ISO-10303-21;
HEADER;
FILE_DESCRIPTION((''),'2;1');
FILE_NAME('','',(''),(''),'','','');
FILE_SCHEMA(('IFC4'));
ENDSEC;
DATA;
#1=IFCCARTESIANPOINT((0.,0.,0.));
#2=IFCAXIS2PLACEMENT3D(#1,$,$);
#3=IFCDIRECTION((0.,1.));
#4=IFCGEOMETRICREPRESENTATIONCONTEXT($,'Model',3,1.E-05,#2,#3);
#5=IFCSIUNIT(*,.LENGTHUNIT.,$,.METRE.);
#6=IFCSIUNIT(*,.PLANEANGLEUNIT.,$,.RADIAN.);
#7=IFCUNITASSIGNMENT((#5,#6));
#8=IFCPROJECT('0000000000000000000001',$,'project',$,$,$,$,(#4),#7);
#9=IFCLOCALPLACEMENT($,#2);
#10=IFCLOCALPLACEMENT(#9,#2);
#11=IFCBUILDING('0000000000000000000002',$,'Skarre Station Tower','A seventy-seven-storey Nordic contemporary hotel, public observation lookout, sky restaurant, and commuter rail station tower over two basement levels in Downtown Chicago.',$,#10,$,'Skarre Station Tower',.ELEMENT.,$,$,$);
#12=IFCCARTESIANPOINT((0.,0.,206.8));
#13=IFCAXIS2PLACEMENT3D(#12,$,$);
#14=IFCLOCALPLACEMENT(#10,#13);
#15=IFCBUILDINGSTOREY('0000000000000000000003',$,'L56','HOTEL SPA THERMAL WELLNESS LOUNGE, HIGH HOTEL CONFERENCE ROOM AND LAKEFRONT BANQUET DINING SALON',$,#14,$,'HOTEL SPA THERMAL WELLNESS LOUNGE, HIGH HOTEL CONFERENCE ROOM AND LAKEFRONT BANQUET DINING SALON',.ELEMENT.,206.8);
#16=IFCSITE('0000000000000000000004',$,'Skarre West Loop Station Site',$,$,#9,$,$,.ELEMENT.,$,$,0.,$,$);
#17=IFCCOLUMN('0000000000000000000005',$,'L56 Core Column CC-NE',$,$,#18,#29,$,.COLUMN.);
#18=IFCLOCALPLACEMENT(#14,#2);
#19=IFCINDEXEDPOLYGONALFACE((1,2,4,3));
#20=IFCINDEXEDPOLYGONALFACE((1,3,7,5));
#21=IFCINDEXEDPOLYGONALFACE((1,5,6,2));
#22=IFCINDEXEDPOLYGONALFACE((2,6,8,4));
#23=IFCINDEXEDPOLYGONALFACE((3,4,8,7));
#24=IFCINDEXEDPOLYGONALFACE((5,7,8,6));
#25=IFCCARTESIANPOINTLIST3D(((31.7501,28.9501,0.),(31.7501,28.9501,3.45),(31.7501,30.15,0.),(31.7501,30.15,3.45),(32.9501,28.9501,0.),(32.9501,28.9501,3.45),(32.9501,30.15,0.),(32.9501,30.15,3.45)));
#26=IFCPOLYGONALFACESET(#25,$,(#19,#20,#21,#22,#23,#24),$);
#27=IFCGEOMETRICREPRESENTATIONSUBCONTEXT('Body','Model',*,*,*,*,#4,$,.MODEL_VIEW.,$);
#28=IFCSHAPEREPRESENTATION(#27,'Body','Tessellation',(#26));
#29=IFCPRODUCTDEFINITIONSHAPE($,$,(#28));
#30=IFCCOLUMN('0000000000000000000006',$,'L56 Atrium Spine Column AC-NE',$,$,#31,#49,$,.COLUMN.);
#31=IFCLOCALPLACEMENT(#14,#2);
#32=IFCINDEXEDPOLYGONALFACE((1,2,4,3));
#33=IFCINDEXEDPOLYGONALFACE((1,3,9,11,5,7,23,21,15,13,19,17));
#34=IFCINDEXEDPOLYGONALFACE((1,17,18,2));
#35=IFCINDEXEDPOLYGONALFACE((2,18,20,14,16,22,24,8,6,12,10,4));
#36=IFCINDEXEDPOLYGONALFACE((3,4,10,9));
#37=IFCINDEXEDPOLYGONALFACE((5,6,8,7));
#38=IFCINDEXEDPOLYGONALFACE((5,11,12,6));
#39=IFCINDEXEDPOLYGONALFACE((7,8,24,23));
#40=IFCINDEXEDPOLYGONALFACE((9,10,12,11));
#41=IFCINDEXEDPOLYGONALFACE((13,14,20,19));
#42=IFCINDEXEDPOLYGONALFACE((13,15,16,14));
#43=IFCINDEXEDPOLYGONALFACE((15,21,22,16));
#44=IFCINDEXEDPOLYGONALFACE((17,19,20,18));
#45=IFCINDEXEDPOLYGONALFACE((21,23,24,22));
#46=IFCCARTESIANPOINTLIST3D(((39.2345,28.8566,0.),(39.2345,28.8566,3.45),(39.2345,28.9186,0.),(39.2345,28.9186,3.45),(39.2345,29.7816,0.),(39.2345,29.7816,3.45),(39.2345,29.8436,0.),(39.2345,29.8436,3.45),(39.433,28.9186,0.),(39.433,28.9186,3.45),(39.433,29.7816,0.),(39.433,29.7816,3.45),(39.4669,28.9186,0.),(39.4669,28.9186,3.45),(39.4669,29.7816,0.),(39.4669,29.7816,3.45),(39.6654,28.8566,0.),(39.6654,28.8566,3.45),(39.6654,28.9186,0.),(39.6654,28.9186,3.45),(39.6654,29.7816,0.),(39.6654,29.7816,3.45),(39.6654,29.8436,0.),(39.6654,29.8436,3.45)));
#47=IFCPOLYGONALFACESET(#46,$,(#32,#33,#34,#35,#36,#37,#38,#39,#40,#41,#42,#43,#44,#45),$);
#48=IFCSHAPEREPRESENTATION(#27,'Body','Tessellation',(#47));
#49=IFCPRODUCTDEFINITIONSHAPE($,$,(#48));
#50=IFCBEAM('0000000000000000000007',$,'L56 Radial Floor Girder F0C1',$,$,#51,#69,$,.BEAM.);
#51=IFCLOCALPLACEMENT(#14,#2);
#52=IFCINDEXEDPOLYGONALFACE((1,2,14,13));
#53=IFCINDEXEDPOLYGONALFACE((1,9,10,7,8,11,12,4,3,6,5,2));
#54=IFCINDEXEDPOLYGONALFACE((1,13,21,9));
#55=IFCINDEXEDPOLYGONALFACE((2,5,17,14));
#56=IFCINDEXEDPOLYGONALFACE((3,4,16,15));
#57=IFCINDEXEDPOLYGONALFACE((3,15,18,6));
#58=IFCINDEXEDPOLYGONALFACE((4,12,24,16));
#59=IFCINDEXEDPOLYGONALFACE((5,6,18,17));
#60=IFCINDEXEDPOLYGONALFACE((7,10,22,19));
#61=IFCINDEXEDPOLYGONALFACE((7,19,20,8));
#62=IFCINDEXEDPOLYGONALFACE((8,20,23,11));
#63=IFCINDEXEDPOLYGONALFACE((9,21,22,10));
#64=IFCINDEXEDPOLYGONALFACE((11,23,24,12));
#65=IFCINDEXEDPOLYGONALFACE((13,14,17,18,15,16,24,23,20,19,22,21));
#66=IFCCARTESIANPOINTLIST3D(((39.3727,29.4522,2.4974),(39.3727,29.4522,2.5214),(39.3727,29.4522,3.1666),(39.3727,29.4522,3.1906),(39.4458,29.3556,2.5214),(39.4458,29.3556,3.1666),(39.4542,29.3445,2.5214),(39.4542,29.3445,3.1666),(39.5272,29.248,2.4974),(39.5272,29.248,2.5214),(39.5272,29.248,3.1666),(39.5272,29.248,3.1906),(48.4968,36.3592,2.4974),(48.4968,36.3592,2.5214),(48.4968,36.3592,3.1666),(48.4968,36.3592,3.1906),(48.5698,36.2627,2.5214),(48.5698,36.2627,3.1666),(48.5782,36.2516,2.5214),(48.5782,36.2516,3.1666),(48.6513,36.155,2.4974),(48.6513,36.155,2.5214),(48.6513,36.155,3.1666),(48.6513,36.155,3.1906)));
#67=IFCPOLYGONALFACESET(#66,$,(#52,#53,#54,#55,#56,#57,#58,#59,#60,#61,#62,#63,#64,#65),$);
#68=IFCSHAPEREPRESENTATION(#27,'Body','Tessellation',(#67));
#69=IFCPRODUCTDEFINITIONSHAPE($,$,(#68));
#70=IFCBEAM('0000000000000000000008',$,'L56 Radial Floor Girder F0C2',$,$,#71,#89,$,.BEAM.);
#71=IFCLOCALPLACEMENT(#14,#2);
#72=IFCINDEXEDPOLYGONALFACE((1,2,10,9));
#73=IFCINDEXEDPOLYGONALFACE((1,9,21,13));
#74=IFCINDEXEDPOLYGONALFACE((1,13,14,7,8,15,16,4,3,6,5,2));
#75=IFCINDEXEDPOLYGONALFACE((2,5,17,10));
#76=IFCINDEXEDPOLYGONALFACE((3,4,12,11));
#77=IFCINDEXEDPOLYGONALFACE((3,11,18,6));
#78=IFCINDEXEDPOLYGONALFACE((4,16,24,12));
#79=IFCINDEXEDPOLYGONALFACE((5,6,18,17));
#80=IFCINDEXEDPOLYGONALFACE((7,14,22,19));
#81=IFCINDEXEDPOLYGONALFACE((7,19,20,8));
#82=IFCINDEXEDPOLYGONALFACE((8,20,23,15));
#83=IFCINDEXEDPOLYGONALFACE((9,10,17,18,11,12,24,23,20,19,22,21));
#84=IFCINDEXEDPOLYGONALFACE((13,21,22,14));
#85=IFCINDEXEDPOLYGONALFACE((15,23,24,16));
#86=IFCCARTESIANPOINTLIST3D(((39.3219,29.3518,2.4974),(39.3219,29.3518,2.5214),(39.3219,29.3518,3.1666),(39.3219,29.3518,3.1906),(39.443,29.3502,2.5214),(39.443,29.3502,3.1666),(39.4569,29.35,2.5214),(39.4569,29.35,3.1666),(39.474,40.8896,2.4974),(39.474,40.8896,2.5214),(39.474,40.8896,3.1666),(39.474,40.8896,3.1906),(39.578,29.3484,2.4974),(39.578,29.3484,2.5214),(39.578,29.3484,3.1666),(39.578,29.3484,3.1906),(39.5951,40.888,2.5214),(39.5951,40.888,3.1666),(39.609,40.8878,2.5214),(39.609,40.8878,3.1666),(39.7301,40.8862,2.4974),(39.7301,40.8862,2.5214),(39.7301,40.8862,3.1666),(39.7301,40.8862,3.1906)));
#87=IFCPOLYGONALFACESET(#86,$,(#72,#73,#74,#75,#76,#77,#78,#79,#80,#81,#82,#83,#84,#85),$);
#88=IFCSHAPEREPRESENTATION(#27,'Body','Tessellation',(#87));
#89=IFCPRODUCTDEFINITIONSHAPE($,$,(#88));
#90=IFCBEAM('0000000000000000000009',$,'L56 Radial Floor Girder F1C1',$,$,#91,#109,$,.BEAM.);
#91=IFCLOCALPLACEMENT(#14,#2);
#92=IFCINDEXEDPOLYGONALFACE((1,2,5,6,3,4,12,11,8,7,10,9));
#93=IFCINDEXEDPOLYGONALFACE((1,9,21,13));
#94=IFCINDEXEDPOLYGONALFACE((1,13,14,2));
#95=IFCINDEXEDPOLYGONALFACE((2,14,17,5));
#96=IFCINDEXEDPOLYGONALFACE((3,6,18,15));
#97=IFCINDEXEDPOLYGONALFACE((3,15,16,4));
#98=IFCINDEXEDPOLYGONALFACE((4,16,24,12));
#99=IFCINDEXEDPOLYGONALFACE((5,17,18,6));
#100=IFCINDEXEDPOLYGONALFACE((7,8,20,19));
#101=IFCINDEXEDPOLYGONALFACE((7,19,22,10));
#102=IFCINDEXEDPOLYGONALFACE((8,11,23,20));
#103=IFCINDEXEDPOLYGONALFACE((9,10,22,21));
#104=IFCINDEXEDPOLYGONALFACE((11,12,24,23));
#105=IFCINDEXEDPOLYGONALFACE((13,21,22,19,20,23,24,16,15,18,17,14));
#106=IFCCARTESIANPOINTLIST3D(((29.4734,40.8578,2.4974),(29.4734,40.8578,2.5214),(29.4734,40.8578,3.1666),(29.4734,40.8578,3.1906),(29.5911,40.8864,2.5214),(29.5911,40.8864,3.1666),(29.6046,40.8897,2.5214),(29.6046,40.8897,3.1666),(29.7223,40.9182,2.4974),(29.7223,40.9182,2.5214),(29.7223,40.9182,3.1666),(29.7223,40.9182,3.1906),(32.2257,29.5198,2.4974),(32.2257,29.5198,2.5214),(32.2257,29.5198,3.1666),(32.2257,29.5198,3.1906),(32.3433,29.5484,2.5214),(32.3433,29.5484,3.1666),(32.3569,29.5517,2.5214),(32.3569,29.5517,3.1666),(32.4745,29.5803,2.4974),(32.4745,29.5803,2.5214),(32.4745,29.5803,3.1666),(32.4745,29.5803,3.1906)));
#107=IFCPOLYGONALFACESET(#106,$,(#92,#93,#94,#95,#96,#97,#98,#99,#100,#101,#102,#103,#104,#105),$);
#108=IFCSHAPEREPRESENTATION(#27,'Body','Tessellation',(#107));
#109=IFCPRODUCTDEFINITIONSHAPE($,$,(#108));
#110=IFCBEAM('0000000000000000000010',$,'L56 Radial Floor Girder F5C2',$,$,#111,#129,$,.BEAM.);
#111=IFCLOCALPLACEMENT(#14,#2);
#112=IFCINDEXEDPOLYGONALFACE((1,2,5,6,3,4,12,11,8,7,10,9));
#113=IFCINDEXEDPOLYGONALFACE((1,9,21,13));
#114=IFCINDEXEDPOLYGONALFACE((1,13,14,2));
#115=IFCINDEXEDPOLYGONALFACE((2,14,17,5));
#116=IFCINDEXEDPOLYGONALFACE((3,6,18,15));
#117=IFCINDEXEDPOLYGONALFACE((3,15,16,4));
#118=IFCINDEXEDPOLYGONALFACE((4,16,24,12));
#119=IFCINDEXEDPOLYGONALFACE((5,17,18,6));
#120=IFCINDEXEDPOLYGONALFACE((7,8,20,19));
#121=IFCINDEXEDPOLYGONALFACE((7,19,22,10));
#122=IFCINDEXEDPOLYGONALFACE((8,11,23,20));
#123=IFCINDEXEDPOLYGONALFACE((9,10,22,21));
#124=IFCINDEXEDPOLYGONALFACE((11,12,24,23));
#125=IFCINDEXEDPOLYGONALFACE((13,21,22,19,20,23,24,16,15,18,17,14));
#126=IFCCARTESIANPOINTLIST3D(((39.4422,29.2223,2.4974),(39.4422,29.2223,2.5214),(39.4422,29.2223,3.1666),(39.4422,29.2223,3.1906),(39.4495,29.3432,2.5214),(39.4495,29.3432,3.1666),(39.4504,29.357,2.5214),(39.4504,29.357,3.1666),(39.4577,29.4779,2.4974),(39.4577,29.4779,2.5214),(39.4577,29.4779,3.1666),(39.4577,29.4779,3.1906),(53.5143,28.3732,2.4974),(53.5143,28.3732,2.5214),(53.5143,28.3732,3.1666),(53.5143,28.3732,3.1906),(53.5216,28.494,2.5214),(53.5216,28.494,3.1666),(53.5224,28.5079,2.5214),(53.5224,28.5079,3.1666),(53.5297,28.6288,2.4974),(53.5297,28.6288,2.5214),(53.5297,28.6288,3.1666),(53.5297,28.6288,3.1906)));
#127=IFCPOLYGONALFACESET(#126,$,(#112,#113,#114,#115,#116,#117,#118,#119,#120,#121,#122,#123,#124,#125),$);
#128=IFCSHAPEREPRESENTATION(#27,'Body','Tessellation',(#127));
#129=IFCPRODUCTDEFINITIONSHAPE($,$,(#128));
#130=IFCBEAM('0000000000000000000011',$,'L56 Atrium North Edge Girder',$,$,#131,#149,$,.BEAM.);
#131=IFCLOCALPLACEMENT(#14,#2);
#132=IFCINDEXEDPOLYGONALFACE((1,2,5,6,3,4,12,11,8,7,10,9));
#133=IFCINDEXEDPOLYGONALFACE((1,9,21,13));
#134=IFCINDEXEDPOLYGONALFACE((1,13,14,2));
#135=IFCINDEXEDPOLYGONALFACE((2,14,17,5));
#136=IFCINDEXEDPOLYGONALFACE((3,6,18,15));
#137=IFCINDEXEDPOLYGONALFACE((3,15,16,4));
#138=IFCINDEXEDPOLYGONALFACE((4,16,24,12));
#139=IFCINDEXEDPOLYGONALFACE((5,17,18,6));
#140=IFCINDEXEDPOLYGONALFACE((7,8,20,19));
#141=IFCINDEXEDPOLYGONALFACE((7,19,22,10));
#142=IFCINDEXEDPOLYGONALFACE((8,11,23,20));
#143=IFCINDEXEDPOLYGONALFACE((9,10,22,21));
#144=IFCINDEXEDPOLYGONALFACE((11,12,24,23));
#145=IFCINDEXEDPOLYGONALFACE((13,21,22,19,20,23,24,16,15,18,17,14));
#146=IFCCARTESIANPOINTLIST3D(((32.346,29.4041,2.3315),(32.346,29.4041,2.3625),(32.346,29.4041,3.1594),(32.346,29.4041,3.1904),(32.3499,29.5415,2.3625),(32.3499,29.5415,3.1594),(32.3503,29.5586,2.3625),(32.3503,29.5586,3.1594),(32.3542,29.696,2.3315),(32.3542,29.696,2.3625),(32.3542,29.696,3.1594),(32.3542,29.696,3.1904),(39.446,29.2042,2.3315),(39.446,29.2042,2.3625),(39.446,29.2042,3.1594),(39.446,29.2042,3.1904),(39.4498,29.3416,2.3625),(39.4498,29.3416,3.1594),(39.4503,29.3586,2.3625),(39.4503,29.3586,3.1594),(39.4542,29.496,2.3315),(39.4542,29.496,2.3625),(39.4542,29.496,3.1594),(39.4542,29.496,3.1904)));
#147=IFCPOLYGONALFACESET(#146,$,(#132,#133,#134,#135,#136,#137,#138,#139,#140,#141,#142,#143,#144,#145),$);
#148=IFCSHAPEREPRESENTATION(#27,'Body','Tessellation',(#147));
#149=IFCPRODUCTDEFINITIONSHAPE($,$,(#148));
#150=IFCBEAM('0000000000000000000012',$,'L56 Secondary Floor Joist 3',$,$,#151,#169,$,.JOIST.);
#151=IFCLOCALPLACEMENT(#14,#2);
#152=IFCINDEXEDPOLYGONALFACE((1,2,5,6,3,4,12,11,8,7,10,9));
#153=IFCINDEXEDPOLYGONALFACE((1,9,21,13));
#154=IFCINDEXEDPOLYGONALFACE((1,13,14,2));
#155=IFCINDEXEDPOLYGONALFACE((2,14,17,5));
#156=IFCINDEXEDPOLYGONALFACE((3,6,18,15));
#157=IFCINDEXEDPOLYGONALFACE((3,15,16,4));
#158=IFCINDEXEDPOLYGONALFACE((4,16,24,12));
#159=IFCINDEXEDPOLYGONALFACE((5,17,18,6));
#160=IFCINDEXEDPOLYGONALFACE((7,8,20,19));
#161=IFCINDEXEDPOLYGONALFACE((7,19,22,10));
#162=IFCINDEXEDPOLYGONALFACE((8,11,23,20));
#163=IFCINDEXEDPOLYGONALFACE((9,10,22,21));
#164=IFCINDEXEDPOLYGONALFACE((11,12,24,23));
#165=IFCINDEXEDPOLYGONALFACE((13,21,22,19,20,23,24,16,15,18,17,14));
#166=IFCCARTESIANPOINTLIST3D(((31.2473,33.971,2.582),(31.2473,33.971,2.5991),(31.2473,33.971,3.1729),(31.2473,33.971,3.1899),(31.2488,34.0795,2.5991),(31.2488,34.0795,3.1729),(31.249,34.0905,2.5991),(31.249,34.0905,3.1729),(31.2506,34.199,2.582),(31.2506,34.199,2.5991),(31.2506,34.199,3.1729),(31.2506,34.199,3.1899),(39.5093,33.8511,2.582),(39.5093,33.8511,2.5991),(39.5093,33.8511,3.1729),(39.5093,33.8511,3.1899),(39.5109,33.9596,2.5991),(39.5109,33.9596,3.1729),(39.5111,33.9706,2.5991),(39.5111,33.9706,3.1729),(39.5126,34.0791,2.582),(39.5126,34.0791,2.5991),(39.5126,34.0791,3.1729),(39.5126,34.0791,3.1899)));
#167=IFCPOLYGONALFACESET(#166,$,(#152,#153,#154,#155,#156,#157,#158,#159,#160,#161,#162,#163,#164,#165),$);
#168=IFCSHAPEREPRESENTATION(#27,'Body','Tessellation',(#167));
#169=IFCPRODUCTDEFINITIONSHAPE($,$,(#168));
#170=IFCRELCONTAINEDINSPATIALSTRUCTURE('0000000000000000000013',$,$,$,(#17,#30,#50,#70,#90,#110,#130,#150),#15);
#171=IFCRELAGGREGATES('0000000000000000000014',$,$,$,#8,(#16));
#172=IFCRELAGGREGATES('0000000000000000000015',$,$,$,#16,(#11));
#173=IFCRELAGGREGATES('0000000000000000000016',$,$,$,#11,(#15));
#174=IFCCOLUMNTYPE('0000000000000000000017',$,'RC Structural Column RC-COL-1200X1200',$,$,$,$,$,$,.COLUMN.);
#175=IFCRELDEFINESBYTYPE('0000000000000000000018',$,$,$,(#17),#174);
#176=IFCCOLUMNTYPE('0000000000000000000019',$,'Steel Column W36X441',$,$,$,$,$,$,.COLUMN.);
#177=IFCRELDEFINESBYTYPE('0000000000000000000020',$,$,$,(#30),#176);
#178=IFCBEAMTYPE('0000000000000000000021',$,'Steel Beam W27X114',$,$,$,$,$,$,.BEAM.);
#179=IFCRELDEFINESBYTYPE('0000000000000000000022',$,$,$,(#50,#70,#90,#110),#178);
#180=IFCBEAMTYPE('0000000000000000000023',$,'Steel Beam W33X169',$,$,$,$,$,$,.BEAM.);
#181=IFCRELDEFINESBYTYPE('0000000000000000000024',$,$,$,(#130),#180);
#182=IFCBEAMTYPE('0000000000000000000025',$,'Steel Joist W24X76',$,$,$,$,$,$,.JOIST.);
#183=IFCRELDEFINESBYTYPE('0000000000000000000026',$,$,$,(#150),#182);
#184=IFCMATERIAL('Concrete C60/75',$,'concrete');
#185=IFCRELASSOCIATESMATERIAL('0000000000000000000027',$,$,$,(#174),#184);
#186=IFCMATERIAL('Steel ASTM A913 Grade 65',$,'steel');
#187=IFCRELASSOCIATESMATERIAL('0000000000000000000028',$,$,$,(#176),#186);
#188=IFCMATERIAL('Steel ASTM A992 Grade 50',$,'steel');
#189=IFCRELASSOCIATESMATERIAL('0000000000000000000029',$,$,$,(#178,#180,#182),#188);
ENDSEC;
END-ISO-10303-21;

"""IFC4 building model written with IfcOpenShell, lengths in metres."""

from ifc_helpers import new_model, si_unit, direction, frame, origin, origin_2d, place, context, subcontext, project, spatial, rectangle, i_section, extrude, material, material_profile, profile_set, type_object, element, save


model = new_model("IFC4")

# Units and contexts
model_context = context("Model", 3, precision=1e-05, world=origin(), true_north=direction((0.0, 1.0)))
body_context = subcontext(model_context, "Body", "Model", "MODEL_VIEW")
ifc_project = project(units=[si_unit("LENGTHUNIT", "METRE"), si_unit("PLANEANGLEUNIT", "RADIAN")], contexts=[model_context])

# Site, building, storey
site_placement = place(None, origin())
site = spatial("IfcSite", under=ifc_project, at=site_placement, Name="Skarre West Loop Station Site", CompositionType="ELEMENT", RefElevation=0.0)
building_placement = place(site_placement, origin())
building = spatial("IfcBuilding", under=site, at=building_placement, Name="Skarre Station Tower", Description="A seventy-seven-storey Nordic contemporary hotel, public observation lookout, sky restaurant, and commuter rail station tower over two basement levels in Downtown Chicago.", LongName="Skarre Station Tower", CompositionType="ELEMENT")
storey_placement = place(building_placement, frame((0.0, 0.0, 206.8)))
storey = spatial("IfcBuildingStorey", under=building, at=storey_placement, Name="L56", Description="HOTEL SPA THERMAL WELLNESS LOUNGE, HIGH HOTEL CONFERENCE ROOM AND LAKEFRONT BANQUET DINING SALON", LongName="HOTEL SPA THERMAL WELLNESS LOUNGE, HIGH HOTEL CONFERENCE ROOM AND LAKEFRONT BANQUET DINING SALON", CompositionType="ELEMENT", Elevation=206.8)

# Columns
ifc_material_1 = material(Name="Concrete C60/75", Category="concrete")
ifc_material_profile_1 = material_profile(ifc_material_1, rectangle(XDim=1.2, YDim=1.2, at=origin_2d()), Name="Concrete C60/75")
ifc_profile_set_1 = profile_set([ifc_material_profile_1], Name="Concrete C60/75")
column_type_1 = type_object("IfcColumnType", Name="RC Structural Column RC-COL-1200X1200", PredefinedType="COLUMN", material=ifc_profile_set_1)
column_1_placement = place(storey_placement, frame((32.3501, 29.55, 0.0), z_axis=(0.0, 0.0, 1.0), x_axis=(1.0, 0.0, 0.0)))
element("IfcColumn", 1, at=column_1_placement, inside=storey, type_object=column_type_1, Name="L56 Core Column CC-NE", PredefinedType="COLUMN", context=body_context, shape_type="SweptSolid", body=[
    extrude(rectangle(XDim=1.2, YDim=1.2, at=origin_2d()), origin(), (0.0, 0.0, 1.0), 3.45),
])
ifc_material_2 = material(Name="Steel ASTM A913 Grade 65", Category="steel")
ifc_material_profile_2 = material_profile(ifc_material_2, i_section(OverallWidth=0.4309, OverallDepth=0.9871, WebThickness=0.0339, FlangeThickness=0.062, at=origin_2d()), Name="Steel ASTM A913 Grade 65")
ifc_profile_set_2 = profile_set([ifc_material_profile_2], Name="Steel ASTM A913 Grade 65")
column_type_2 = type_object("IfcColumnType", Name="Steel Column W36X441", PredefinedType="COLUMN", material=ifc_profile_set_2)
column_2_placement = place(storey_placement, frame((39.45, 29.3501, 0.0), z_axis=(0.0, 0.0, 1.0), x_axis=(1.0, 0.0, 0.0)))
element("IfcColumn", 2, at=column_2_placement, inside=storey, type_object=column_type_2, Name="L56 Atrium Spine Column AC-NE", PredefinedType="COLUMN", context=body_context, shape_type="SweptSolid", body=[
    extrude(i_section(OverallWidth=0.4309, OverallDepth=0.9871, WebThickness=0.0339, FlangeThickness=0.062, at=origin_2d()), origin(), (0.0, 0.0, 1.0), 3.45),
])

# Beams
ifc_material_3 = material(Name="Steel ASTM A992 Grade 50", Category="steel")
ifc_material_profile_3 = material_profile(ifc_material_3, i_section(OverallWidth=0.2561, OverallDepth=0.6931, WebThickness=0.0139, FlangeThickness=0.0239, at=origin_2d()), Name="Steel ASTM A992 Grade 50")
ifc_profile_set_3 = profile_set([ifc_material_profile_3], Name="Steel ASTM A992 Grade 50")
beam_type_1 = type_object("IfcBeamType", Name="Steel Beam W27X114", PredefinedType="BEAM", material=ifc_profile_set_3)
beam_1_placement = place(storey_placement, frame((39.45, 29.3501, 2.844), z_axis=(0.797309, 0.603571, 0.0), x_axis=(-0.603571, 0.797309, 0.0)))
element("IfcBeam", 3, at=beam_1_placement, inside=storey, type_object=beam_type_1, Name="L56 Radial Floor Girder F0C1", PredefinedType="BEAM", context=body_context, shape_type="SweptSolid", body=[
    extrude(i_section(OverallWidth=0.2561, OverallDepth=0.6931, WebThickness=0.0139, FlangeThickness=0.0239, at=origin_2d()), origin(), (0.0, 0.0, 1.0), 11.4436),
])
beam_2_placement = place(storey_placement, frame((39.45, 29.3501, 2.844), z_axis=(0.013182, 0.999913, 0.0), x_axis=(-0.999913, 0.013182, 0.0)))
element("IfcBeam", 4, at=beam_2_placement, inside=storey, type_object=beam_type_1, Name="L56 Radial Floor Girder F0C2", PredefinedType="BEAM", context=body_context, shape_type="SweptSolid", body=[
    extrude(i_section(OverallWidth=0.2561, OverallDepth=0.6931, WebThickness=0.0139, FlangeThickness=0.0239, at=origin_2d()), origin(), (0.0, 0.0, 1.0), 11.5388),
])
beam_3_placement = place(storey_placement, frame((32.3501, 29.55, 2.844), z_axis=(-0.235893, 0.971779, 0.0), x_axis=(-0.971779, -0.235893, 0.0)))
element("IfcBeam", 5, at=beam_3_placement, inside=storey, type_object=beam_type_1, Name="L56 Radial Floor Girder F1C1", PredefinedType="BEAM", context=body_context, shape_type="SweptSolid", body=[
    extrude(i_section(OverallWidth=0.2561, OverallDepth=0.6931, WebThickness=0.0139, FlangeThickness=0.0239, at=origin_2d()), origin(), (0.0, 0.0, 1.0), 11.6672),
])
beam_4_placement = place(storey_placement, frame((39.45, 29.3501, 2.844), z_axis=(0.998184, -0.060232, 0.0), x_axis=(0.060232, 0.998184, 0.0)))
element("IfcBeam", 6, at=beam_4_placement, inside=storey, type_object=beam_type_1, Name="L56 Radial Floor Girder F5C2", PredefinedType="BEAM", context=body_context, shape_type="SweptSolid", body=[
    extrude(i_section(OverallWidth=0.2561, OverallDepth=0.6931, WebThickness=0.0139, FlangeThickness=0.0239, at=origin_2d()), origin(), (0.0, 0.0, 1.0), 14.0977),
])
ifc_material_profile_4 = material_profile(ifc_material_3, i_section(OverallWidth=0.292, OverallDepth=0.8589, WebThickness=0.0171, FlangeThickness=0.031, at=origin_2d()), Name="Steel ASTM A992 Grade 50")
ifc_profile_set_4 = profile_set([ifc_material_profile_4], Name="Steel ASTM A992 Grade 50")
beam_type_2 = type_object("IfcBeamType", Name="Steel Beam W33X169", PredefinedType="BEAM", material=ifc_profile_set_4)
beam_5_placement = place(storey_placement, frame((32.3501, 29.55, 2.761), z_axis=(0.999604, -0.028152, 0.0), x_axis=(0.028152, 0.999604, 0.0)))
element("IfcBeam", 7, at=beam_5_placement, inside=storey, type_object=beam_type_2, Name="L56 Atrium North Edge Girder", PredefinedType="BEAM", context=body_context, shape_type="SweptSolid", body=[
    extrude(i_section(OverallWidth=0.292, OverallDepth=0.8589, WebThickness=0.0171, FlangeThickness=0.031, at=origin_2d()), origin(), (0.0, 0.0, 1.0), 7.1028),
])
ifc_material_profile_5 = material_profile(ifc_material_3, i_section(OverallWidth=0.228, OverallDepth=0.6079, WebThickness=0.011, FlangeThickness=0.0171, at=origin_2d()), Name="Steel ASTM A992 Grade 50")
ifc_profile_set_5 = profile_set([ifc_material_profile_5], Name="Steel ASTM A992 Grade 50")
beam_type_3 = type_object("IfcBeamType", Name="Steel Joist W24X76", PredefinedType="JOIST", material=ifc_profile_set_5)
beam_6_placement = place(storey_placement, frame((39.511, 33.9651, 2.886), z_axis=(-0.999895, 0.014508, 0.0), x_axis=(-0.014508, -0.999895, 0.0)))
element("IfcBeam", 8, at=beam_6_placement, inside=storey, type_object=beam_type_3, Name="L56 Secondary Floor Joist 3", PredefinedType="JOIST", context=body_context, shape_type="SweptSolid", body=[
    extrude(i_section(OverallWidth=0.228, OverallDepth=0.6079, WebThickness=0.011, FlangeThickness=0.0171, at=origin_2d()), origin(), (0.0, 0.0, 1.0), 8.2629),
])

save(model, "model.ifc")
